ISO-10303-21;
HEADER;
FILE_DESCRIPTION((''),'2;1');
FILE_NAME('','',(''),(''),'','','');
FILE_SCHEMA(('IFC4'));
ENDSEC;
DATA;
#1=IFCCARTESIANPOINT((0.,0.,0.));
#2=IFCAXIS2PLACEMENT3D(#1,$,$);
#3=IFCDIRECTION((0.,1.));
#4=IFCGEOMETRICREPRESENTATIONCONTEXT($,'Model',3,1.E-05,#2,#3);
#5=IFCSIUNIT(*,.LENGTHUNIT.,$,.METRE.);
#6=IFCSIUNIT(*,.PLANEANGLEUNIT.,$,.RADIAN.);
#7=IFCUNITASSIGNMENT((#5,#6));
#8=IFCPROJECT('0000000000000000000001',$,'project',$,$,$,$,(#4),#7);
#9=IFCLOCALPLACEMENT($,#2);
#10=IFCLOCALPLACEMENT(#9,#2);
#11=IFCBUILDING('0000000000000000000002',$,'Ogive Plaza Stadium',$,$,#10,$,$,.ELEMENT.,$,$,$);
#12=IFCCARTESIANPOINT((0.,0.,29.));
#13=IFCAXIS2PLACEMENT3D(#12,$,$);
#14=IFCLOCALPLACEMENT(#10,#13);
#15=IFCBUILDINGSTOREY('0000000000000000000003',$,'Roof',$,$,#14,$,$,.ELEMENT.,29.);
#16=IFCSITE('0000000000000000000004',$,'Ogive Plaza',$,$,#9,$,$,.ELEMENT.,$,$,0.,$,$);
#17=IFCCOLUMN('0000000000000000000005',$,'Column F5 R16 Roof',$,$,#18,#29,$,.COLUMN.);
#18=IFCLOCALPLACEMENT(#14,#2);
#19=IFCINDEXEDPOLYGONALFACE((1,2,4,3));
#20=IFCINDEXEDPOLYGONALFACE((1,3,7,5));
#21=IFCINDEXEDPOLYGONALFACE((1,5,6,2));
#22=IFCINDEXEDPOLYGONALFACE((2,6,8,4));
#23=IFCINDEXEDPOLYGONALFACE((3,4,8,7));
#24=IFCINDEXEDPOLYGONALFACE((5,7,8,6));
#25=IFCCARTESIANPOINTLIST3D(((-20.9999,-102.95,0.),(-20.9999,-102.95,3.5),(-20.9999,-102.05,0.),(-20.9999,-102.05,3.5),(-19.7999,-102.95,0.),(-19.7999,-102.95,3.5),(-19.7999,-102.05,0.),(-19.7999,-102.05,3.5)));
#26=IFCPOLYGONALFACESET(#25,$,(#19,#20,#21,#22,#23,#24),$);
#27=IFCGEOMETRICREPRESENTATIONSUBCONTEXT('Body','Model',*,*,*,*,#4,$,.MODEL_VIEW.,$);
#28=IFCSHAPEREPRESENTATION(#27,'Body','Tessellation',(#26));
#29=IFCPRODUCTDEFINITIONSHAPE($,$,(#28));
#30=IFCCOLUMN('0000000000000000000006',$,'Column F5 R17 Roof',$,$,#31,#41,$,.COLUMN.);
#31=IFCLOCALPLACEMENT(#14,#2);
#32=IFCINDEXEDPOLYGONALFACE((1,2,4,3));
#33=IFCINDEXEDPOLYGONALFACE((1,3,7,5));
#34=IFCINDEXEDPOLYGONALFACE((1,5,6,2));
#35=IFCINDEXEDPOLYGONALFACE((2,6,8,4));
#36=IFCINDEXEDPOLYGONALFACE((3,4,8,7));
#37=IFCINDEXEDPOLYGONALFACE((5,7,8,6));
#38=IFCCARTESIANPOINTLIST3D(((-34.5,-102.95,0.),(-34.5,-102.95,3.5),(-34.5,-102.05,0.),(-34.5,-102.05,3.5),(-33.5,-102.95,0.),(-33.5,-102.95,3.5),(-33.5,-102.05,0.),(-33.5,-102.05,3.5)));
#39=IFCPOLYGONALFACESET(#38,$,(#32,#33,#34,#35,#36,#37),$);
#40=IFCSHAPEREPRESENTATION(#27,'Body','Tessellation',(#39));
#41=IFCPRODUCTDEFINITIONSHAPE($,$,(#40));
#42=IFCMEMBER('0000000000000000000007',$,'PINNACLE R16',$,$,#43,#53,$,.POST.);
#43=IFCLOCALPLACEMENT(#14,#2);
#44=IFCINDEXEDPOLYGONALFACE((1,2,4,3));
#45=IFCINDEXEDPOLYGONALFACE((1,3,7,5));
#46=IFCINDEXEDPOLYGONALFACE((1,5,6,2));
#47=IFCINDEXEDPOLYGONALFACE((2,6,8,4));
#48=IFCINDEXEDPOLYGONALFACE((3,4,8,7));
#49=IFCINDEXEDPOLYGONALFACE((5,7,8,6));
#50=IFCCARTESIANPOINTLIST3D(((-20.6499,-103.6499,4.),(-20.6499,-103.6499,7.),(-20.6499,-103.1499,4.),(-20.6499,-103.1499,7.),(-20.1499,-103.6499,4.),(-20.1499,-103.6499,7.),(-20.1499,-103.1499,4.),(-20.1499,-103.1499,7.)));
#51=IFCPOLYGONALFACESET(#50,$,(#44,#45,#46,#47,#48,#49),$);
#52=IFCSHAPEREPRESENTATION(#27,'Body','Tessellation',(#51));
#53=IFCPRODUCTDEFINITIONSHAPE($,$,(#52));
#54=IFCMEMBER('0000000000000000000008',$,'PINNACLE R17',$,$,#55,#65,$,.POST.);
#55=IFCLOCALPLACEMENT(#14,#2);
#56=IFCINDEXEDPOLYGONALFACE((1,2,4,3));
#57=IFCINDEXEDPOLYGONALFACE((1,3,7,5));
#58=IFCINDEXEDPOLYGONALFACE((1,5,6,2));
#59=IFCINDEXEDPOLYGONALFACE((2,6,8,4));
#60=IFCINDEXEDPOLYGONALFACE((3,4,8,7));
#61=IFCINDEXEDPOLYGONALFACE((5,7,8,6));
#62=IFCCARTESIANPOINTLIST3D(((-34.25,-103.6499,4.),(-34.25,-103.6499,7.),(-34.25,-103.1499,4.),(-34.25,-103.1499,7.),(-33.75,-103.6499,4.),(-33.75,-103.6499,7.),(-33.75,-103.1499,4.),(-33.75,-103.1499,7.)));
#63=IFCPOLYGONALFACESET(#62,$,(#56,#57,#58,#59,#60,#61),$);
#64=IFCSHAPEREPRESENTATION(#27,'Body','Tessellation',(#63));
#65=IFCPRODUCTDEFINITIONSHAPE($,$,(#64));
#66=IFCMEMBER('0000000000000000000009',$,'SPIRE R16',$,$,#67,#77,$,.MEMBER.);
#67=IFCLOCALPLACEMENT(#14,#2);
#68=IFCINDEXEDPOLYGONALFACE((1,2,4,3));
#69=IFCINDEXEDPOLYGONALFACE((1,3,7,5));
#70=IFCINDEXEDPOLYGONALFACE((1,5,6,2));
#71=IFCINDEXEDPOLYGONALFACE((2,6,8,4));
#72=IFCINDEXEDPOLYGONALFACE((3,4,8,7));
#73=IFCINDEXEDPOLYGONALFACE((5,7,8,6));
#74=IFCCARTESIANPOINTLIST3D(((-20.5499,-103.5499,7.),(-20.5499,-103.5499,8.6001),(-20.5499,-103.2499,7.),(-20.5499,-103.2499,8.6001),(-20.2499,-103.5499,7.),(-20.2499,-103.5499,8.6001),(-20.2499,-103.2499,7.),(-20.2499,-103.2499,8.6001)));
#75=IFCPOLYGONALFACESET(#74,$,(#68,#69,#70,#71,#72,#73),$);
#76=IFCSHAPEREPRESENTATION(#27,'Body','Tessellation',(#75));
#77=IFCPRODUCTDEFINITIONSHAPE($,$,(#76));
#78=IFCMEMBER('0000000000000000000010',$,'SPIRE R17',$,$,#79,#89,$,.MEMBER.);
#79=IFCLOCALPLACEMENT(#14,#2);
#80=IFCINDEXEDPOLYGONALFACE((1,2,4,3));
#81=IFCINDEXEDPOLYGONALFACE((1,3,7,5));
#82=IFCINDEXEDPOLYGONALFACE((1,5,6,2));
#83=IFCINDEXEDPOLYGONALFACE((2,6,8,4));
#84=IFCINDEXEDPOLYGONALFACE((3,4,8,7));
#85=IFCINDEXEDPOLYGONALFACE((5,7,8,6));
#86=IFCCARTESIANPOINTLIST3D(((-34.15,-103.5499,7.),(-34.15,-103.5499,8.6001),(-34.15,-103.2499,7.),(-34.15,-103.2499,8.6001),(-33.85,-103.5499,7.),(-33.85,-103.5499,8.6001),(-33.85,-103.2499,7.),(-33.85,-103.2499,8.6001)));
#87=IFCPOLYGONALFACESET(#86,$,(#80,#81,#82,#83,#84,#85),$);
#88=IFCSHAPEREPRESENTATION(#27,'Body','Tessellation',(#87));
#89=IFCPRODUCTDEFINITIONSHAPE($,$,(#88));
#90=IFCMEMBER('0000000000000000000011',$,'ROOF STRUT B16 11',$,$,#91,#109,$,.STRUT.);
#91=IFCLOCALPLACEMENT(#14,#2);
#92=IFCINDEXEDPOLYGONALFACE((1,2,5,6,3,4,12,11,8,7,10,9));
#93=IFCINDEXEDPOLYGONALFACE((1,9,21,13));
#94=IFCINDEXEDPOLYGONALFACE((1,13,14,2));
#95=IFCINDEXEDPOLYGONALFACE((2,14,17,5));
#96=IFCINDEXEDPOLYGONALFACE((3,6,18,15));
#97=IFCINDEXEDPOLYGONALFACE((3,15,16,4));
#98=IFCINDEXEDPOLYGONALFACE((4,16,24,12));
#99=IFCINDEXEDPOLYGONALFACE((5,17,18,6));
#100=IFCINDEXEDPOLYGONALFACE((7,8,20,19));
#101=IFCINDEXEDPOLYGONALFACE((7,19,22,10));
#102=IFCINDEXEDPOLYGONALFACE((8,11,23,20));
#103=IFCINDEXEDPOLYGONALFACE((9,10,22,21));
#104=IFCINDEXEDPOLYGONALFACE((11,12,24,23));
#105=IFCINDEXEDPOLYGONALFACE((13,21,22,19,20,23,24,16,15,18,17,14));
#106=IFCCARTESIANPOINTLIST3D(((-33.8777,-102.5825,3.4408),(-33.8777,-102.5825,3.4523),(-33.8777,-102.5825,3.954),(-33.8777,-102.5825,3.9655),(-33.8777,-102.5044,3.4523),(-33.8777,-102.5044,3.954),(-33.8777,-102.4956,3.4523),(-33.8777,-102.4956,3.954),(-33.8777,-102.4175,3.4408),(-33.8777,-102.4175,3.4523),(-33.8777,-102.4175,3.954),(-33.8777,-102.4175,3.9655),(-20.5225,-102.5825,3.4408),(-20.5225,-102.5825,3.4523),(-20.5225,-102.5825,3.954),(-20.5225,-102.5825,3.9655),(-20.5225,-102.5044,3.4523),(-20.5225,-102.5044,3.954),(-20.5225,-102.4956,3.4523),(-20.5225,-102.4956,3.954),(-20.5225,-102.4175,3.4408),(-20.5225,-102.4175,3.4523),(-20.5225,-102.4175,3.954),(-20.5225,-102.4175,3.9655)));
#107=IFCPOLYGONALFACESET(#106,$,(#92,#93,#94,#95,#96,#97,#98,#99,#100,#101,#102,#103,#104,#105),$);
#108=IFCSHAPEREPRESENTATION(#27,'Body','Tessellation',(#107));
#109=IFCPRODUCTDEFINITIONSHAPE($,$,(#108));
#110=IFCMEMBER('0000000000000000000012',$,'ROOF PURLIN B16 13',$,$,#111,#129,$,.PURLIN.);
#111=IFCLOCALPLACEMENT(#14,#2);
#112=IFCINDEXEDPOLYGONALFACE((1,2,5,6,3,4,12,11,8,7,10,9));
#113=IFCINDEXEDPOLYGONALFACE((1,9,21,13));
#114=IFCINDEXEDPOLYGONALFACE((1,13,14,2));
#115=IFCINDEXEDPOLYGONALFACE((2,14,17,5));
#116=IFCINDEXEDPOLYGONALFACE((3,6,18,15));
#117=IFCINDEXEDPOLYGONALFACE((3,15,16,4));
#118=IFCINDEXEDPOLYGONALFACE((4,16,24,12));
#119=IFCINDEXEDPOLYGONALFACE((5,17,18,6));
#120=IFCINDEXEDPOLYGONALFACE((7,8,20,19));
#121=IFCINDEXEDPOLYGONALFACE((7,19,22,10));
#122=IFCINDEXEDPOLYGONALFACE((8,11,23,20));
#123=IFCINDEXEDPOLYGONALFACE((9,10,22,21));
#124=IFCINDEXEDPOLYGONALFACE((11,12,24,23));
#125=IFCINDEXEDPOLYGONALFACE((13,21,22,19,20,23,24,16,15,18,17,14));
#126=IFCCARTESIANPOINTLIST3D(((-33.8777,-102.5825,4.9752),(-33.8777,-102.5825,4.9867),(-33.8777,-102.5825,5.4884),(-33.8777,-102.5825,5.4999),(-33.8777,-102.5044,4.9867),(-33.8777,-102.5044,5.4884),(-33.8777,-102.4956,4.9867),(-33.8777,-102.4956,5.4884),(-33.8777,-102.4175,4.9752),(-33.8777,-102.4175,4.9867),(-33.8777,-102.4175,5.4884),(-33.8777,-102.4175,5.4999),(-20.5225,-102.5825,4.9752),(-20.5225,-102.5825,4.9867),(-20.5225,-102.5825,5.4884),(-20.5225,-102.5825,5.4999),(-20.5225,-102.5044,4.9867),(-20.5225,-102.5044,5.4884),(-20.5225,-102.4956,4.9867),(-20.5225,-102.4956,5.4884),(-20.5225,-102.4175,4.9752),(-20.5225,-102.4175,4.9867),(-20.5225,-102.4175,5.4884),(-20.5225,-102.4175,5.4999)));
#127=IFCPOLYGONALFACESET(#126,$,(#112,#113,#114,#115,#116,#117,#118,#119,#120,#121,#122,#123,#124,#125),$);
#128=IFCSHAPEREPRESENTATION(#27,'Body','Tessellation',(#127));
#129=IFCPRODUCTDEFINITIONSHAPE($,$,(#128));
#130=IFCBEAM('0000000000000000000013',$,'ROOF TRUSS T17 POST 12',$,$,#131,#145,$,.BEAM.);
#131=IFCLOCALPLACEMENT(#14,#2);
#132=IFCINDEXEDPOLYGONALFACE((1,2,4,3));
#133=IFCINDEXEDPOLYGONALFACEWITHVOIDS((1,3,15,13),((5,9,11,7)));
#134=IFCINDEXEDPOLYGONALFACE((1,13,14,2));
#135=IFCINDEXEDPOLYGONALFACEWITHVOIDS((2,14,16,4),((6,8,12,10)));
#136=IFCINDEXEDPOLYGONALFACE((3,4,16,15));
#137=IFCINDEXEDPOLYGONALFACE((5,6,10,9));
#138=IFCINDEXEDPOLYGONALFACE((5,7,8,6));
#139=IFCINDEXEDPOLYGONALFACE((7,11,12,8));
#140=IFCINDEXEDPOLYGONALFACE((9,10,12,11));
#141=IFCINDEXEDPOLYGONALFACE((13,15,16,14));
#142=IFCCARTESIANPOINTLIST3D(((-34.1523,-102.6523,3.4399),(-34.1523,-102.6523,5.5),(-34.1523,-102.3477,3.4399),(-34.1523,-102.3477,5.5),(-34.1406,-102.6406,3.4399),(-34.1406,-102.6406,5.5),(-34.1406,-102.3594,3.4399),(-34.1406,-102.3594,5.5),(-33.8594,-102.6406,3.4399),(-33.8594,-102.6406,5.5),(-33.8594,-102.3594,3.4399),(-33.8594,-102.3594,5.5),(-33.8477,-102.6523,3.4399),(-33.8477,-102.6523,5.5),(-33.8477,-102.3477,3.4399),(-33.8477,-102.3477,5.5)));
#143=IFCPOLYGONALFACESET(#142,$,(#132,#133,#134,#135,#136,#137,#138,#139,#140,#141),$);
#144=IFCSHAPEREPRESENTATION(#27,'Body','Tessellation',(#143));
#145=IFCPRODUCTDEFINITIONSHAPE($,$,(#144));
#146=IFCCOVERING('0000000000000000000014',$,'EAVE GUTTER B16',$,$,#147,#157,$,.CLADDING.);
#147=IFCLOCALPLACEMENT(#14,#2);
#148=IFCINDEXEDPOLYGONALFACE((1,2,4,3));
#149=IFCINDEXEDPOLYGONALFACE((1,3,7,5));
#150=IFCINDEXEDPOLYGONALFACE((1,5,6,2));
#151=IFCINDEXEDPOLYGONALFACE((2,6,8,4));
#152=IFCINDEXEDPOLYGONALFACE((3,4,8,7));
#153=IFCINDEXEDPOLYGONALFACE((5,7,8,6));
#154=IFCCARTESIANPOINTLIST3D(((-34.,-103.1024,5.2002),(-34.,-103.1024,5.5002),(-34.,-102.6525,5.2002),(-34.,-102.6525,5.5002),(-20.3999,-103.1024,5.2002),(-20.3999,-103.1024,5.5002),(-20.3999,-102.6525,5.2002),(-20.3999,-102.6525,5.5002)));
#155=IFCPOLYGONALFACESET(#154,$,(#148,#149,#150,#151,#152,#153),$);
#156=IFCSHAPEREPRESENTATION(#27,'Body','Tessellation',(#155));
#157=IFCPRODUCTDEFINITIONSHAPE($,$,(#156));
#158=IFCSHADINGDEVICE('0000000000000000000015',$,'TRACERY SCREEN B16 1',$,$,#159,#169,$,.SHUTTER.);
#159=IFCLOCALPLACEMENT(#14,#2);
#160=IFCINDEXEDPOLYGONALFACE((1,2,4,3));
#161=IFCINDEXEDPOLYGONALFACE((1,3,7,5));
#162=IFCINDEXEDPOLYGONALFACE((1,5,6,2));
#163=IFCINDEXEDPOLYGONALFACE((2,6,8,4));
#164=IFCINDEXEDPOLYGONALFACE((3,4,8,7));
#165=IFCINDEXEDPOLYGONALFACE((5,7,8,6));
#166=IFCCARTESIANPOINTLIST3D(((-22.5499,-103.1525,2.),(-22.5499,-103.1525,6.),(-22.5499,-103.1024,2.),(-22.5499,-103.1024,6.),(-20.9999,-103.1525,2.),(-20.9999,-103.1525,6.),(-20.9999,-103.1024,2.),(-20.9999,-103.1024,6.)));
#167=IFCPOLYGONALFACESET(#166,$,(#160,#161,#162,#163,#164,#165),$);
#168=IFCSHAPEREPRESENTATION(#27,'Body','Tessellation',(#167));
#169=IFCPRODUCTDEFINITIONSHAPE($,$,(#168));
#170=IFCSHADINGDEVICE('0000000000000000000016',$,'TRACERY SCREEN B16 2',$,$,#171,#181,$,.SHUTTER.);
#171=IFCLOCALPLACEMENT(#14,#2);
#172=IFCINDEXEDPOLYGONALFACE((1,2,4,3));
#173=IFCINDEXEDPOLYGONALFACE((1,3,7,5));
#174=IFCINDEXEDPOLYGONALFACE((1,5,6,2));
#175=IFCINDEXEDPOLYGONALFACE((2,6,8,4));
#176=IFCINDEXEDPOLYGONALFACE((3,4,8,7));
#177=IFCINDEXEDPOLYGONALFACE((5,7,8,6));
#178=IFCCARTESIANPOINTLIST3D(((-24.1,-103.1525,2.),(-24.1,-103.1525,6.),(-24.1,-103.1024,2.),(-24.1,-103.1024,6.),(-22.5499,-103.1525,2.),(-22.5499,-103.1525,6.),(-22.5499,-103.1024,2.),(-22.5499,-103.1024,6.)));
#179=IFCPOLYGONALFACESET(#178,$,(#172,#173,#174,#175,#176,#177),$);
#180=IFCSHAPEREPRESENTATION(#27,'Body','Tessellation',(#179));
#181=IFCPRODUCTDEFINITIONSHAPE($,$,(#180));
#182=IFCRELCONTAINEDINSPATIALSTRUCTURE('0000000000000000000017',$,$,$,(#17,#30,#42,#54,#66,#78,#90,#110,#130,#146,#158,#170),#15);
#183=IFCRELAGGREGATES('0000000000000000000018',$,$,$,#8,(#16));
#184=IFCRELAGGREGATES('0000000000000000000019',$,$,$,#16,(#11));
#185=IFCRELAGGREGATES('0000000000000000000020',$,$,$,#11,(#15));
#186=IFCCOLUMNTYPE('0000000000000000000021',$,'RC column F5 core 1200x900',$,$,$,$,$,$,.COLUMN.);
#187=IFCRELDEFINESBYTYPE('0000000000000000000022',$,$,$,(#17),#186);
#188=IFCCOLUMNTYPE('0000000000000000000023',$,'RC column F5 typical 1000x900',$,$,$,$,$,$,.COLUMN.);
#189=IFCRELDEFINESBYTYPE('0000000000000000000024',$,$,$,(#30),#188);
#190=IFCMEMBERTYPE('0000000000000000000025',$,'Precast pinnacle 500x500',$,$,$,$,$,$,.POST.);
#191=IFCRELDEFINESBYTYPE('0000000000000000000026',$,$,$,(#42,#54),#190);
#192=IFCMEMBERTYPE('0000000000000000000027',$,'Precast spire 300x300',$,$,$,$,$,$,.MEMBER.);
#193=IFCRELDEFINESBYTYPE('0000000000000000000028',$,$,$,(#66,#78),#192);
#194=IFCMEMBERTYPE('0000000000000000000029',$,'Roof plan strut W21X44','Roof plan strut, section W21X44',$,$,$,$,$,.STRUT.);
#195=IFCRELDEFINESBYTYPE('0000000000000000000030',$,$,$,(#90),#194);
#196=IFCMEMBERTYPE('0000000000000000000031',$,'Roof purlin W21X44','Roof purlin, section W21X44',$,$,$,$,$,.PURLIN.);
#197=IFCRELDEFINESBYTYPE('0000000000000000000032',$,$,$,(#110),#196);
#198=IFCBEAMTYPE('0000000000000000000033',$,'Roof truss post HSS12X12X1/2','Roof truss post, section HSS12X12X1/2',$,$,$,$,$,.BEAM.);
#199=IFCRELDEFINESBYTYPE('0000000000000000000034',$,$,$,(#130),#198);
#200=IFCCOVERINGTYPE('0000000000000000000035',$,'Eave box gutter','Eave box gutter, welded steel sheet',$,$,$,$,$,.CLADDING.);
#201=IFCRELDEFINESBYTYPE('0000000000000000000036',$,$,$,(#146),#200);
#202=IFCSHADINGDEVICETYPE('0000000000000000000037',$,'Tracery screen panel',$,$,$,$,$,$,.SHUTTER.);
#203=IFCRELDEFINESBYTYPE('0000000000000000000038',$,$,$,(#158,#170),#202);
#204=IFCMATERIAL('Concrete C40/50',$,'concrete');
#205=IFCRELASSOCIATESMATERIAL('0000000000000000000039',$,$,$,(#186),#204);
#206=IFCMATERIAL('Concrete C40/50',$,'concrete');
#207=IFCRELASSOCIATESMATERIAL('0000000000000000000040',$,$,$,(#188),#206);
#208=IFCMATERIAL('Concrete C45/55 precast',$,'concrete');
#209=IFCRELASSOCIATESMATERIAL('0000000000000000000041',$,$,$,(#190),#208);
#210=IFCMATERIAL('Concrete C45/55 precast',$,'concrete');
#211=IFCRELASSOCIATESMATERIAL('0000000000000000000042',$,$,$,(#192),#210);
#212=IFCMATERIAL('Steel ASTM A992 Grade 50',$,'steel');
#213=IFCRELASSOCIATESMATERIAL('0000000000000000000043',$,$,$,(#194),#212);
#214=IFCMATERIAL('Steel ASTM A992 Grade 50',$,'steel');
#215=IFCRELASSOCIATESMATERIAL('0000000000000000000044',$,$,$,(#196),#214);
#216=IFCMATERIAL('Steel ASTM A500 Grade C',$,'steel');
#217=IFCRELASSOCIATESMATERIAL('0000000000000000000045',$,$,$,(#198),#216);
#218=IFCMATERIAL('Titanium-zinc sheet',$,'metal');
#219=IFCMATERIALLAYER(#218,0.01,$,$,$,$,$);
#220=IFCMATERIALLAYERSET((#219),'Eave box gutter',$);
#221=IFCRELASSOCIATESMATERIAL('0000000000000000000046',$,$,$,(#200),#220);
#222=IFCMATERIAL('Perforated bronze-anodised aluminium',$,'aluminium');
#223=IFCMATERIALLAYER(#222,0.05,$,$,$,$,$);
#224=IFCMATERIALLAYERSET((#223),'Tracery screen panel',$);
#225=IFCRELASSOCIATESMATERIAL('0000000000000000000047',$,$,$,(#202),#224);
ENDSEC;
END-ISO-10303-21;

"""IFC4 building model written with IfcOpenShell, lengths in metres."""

from ifc_helpers import new_model, si_unit, direction, frame, origin, origin_2d, place, context, subcontext, project, spatial, rectangle, hollow_rectangle, i_section, extrude, material, layer, layer_set, material_profile, profile_set, type_object, element, save


model = new_model("IFC4")

# Units and contexts
model_context = context("Model", 3, precision=1e-05, world=origin(), true_north=direction((0.0, 1.0)))
body_context = subcontext(model_context, "Body", "Model", "MODEL_VIEW")
ifc_project = project(units=[si_unit("LENGTHUNIT", "METRE"), si_unit("PLANEANGLEUNIT", "RADIAN")], contexts=[model_context])

# Site, building, storey
site_placement = place(None, origin())
site = spatial("IfcSite", under=ifc_project, at=site_placement, Name="Ogive Plaza", CompositionType="ELEMENT", RefElevation=0.0)
building_placement = place(site_placement, origin())
building = spatial("IfcBuilding", under=site, at=building_placement, Name="Ogive Plaza Stadium", CompositionType="ELEMENT")
storey_placement = place(building_placement, frame((0.0, 0.0, 29.0)))
storey = spatial("IfcBuildingStorey", under=building, at=storey_placement, Name="Roof", CompositionType="ELEMENT", Elevation=29.0)

# Columns
ifc_material_1 = material(Name="Concrete C40/50", Category="concrete")
ifc_material_profile_1 = material_profile(ifc_material_1, rectangle(XDim=1.2, YDim=0.8999, at=origin_2d()), Name="RC 1200x900")
ifc_profile_set_1 = profile_set([ifc_material_profile_1], Name="Concrete C40/50")
column_type_1 = type_object("IfcColumnType", Name="RC column F5 core 1200x900", PredefinedType="COLUMN", material=ifc_profile_set_1)
column_1_placement = place(storey_placement, frame((-20.3999, -102.5, 0.0), z_axis=(0.0, 0.0, 1.0), x_axis=(1.0, 0.0, 0.0)))
element("IfcColumn", 1, at=column_1_placement, inside=storey, type_object=column_type_1, Name="Column F5 R16 Roof", PredefinedType="COLUMN", context=body_context, shape_type="SweptSolid", body=[
    extrude(rectangle(XDim=1.2, YDim=0.8999, at=origin_2d()), origin(), (0.0, 0.0, 1.0), 3.5),
])
ifc_material_2 = material(Name="Concrete C40/50", Category="concrete")
ifc_material_profile_2 = material_profile(ifc_material_2, rectangle(XDim=1.0, YDim=0.8999, at=origin_2d()), Name="RC 1000x900")
ifc_profile_set_2 = profile_set([ifc_material_profile_2], Name="Concrete C40/50")
column_type_2 = type_object("IfcColumnType", Name="RC column F5 typical 1000x900", PredefinedType="COLUMN", material=ifc_profile_set_2)
column_2_placement = place(storey_placement, frame((-34.0, -102.5, 0.0), z_axis=(0.0, 0.0, 1.0), x_axis=(1.0, 0.0, 0.0)))
element("IfcColumn", 2, at=column_2_placement, inside=storey, type_object=column_type_2, Name="Column F5 R17 Roof", PredefinedType="COLUMN", context=body_context, shape_type="SweptSolid", body=[
    extrude(rectangle(XDim=1.0, YDim=0.8999, at=origin_2d()), origin(), (0.0, 0.0, 1.0), 3.5),
])

# Members
ifc_material_3 = material(Name="Concrete C45/55 precast", Category="concrete")
ifc_material_profile_3 = material_profile(ifc_material_3, rectangle(XDim=0.5, YDim=0.5, at=origin_2d()), Name="RC 500x500")
ifc_profile_set_3 = profile_set([ifc_material_profile_3], Name="Concrete C45/55 precast")
member_type_1 = type_object("IfcMemberType", Name="Precast pinnacle 500x500", PredefinedType="POST", material=ifc_profile_set_3)
for number, where, z_axis, x_axis, name in (
    (3, (-20.3999, -103.3999, 4.0), (0.0, 0.0, 1.0), (1.0, 0.0, 0.0), "PINNACLE R16"),
    (4, (-34.0, -103.3999, 4.0), (0.0, 0.0, 1.0), (1.0, 0.0, 0.0), "PINNACLE R17"),
):
    element("IfcMember", number, at=place(storey_placement, frame(where, z_axis=z_axis, x_axis=x_axis)), inside=storey, type_object=member_type_1, Name=name, PredefinedType="POST", context=body_context, shape_type="SweptSolid", body=[
        extrude(rectangle(XDim=0.5, YDim=0.5, at=origin_2d()), origin(), (0.0, 0.0, 1.0), 3.0),
    ])
ifc_material_4 = material(Name="Concrete C45/55 precast", Category="concrete")
ifc_material_profile_4 = material_profile(ifc_material_4, rectangle(XDim=0.3, YDim=0.3, at=origin_2d()), Name="RC 300x300")
ifc_profile_set_4 = profile_set([ifc_material_profile_4], Name="Concrete C45/55 precast")
member_type_2 = type_object("IfcMemberType", Name="Precast spire 300x300", PredefinedType="MEMBER", material=ifc_profile_set_4)
for number, where, z_axis, x_axis, name in (
    (5, (-20.3999, -103.3999, 7.0), (0.0, 0.0, 1.0), (1.0, 0.0, 0.0), "SPIRE R16"),
    (6, (-34.0, -103.3999, 7.0), (0.0, 0.0, 1.0), (1.0, 0.0, 0.0), "SPIRE R17"),
):
    element("IfcMember", number, at=place(storey_placement, frame(where, z_axis=z_axis, x_axis=x_axis)), inside=storey, type_object=member_type_2, Name=name, PredefinedType="MEMBER", context=body_context, shape_type="SweptSolid", body=[
        extrude(rectangle(XDim=0.3, YDim=0.3, at=origin_2d()), origin(), (0.0, 0.0, 1.0), 1.6001),
    ])
ifc_material_5 = material(Name="Steel ASTM A992 Grade 50", Category="steel")
ifc_material_profile_5 = material_profile(ifc_material_5, i_section(OverallWidth=0.165, OverallDepth=0.5247, WebThickness=0.0088, FlangeThickness=0.0115, at=origin_2d()), Name="W21X44")
ifc_profile_set_5 = profile_set([ifc_material_profile_5], Name="Steel ASTM A992 Grade 50")
member_type_3 = type_object("IfcMemberType", Name="Roof plan strut W21X44", Description="Roof plan strut, section W21X44", PredefinedType="STRUT", material=ifc_profile_set_5)
member_1_placement = place(storey_placement, frame((-20.5225, -102.5, 3.7031), z_axis=(-1.0, 0.0, 0.0), x_axis=(0.0, -1.0, 0.0)))
element("IfcMember", 7, at=member_1_placement, inside=storey, type_object=member_type_3, Name="ROOF STRUT B16 11", PredefinedType="STRUT", context=body_context, shape_type="SweptSolid", body=[
    extrude(i_section(OverallWidth=0.165, OverallDepth=0.5247, WebThickness=0.0088, FlangeThickness=0.0115, at=origin_2d()), origin(), (0.0, 0.0, 1.0), 13.3552),
])
ifc_material_6 = material(Name="Steel ASTM A992 Grade 50", Category="steel")
ifc_material_profile_6 = material_profile(ifc_material_6, i_section(OverallWidth=0.165, OverallDepth=0.5247, WebThickness=0.0088, FlangeThickness=0.0115, at=origin_2d()), Name="W21X44")
ifc_profile_set_6 = profile_set([ifc_material_profile_6], Name="Steel ASTM A992 Grade 50")
member_type_4 = type_object("IfcMemberType", Name="Roof purlin W21X44", Description="Roof purlin, section W21X44", PredefinedType="PURLIN", material=ifc_profile_set_6)
member_2_placement = place(storey_placement, frame((-20.5225, -102.5, 5.2375), z_axis=(-1.0, 0.0, 0.0), x_axis=(0.0, -1.0, 0.0)))
element("IfcMember", 8, at=member_2_placement, inside=storey, type_object=member_type_4, Name="ROOF PURLIN B16 13", PredefinedType="PURLIN", context=body_context, shape_type="SweptSolid", body=[
    extrude(i_section(OverallWidth=0.165, OverallDepth=0.5247, WebThickness=0.0088, FlangeThickness=0.0115, at=origin_2d()), origin(), (0.0, 0.0, 1.0), 13.3552),
])

# Beam
ifc_material_7 = material(Name="Steel ASTM A500 Grade C", Category="steel")
ifc_material_profile_7 = material_profile(ifc_material_7, hollow_rectangle(XDim=0.3047, YDim=0.3047, WallThickness=0.0117, at=origin_2d()), Name="HSS12X12X1/2")
ifc_profile_set_7 = profile_set([ifc_material_profile_7], Name="Steel ASTM A500 Grade C")
beam_type = type_object("IfcBeamType", Name="Roof truss post HSS12X12X1/2", Description="Roof truss post, section HSS12X12X1/2", PredefinedType="BEAM", material=ifc_profile_set_7)
beam_placement = place(storey_placement, frame((-34.0, -102.5, 3.4399), z_axis=(0.0, 0.0, 1.0), x_axis=(1.0, 0.0, 0.0)))
element("IfcBeam", 9, at=beam_placement, inside=storey, type_object=beam_type, Name="ROOF TRUSS T17 POST 12", PredefinedType="BEAM", context=body_context, shape_type="SweptSolid", body=[
    extrude(hollow_rectangle(XDim=0.3047, YDim=0.3047, WallThickness=0.0117, at=origin_2d()), origin(), (0.0, 0.0, 1.0), 2.0601),
])

# Covering
ifc_material_8 = material(Name="Titanium-zinc sheet", Category="metal")
ifc_layer_1 = layer(ifc_material_8, 0.01)
ifc_layer_set_1 = layer_set([ifc_layer_1], Name="Eave box gutter")
covering_type = type_object("IfcCoveringType", Name="Eave box gutter", Description="Eave box gutter, welded steel sheet", PredefinedType="CLADDING", material=ifc_layer_set_1)
covering_placement = place(storey_placement, frame((-27.2, -102.8774, 5.2002), z_axis=(0.0, 0.0, 1.0), x_axis=(-1.0, 0.0, 0.0)))
element("IfcCovering", 10, at=covering_placement, inside=storey, type_object=covering_type, Name="EAVE GUTTER B16", PredefinedType="CLADDING", context=body_context, shape_type="SweptSolid", body=[
    extrude(rectangle(XDim=13.6001, YDim=0.45, at=origin_2d()), origin(), (0.0, 0.0, 1.0), 0.3),
])

# Shading devices
ifc_material_9 = material(Name="Perforated bronze-anodised aluminium", Category="aluminium")
ifc_layer_2 = layer(ifc_material_9, 0.05)
ifc_layer_set_2 = layer_set([ifc_layer_2], Name="Tracery screen panel")
shading_device_type = type_object("IfcShadingDeviceType", Name="Tracery screen panel", PredefinedType="SHUTTER", material=ifc_layer_set_2)
for number, where, z_axis, x_axis, name in (
    (11, (-21.7749, -103.1274, 2.0), (0.0, 0.0, 1.0), (-1.0, 0.0, 0.0), "TRACERY SCREEN B16 1"),
    (12, (-23.325, -103.1274, 2.0), (0.0, 0.0, 1.0), (-1.0, 0.0, 0.0), "TRACERY SCREEN B16 2"),
):
    element("IfcShadingDevice", number, at=place(storey_placement, frame(where, z_axis=z_axis, x_axis=x_axis)), inside=storey, type_object=shading_device_type, Name=name, PredefinedType="SHUTTER", context=body_context, shape_type="SweptSolid", body=[
        extrude(rectangle(XDim=1.55, YDim=0.05, at=origin_2d()), origin(), (0.0, 0.0, 1.0), 4.0),
    ])

save(model, "model.ifc")
